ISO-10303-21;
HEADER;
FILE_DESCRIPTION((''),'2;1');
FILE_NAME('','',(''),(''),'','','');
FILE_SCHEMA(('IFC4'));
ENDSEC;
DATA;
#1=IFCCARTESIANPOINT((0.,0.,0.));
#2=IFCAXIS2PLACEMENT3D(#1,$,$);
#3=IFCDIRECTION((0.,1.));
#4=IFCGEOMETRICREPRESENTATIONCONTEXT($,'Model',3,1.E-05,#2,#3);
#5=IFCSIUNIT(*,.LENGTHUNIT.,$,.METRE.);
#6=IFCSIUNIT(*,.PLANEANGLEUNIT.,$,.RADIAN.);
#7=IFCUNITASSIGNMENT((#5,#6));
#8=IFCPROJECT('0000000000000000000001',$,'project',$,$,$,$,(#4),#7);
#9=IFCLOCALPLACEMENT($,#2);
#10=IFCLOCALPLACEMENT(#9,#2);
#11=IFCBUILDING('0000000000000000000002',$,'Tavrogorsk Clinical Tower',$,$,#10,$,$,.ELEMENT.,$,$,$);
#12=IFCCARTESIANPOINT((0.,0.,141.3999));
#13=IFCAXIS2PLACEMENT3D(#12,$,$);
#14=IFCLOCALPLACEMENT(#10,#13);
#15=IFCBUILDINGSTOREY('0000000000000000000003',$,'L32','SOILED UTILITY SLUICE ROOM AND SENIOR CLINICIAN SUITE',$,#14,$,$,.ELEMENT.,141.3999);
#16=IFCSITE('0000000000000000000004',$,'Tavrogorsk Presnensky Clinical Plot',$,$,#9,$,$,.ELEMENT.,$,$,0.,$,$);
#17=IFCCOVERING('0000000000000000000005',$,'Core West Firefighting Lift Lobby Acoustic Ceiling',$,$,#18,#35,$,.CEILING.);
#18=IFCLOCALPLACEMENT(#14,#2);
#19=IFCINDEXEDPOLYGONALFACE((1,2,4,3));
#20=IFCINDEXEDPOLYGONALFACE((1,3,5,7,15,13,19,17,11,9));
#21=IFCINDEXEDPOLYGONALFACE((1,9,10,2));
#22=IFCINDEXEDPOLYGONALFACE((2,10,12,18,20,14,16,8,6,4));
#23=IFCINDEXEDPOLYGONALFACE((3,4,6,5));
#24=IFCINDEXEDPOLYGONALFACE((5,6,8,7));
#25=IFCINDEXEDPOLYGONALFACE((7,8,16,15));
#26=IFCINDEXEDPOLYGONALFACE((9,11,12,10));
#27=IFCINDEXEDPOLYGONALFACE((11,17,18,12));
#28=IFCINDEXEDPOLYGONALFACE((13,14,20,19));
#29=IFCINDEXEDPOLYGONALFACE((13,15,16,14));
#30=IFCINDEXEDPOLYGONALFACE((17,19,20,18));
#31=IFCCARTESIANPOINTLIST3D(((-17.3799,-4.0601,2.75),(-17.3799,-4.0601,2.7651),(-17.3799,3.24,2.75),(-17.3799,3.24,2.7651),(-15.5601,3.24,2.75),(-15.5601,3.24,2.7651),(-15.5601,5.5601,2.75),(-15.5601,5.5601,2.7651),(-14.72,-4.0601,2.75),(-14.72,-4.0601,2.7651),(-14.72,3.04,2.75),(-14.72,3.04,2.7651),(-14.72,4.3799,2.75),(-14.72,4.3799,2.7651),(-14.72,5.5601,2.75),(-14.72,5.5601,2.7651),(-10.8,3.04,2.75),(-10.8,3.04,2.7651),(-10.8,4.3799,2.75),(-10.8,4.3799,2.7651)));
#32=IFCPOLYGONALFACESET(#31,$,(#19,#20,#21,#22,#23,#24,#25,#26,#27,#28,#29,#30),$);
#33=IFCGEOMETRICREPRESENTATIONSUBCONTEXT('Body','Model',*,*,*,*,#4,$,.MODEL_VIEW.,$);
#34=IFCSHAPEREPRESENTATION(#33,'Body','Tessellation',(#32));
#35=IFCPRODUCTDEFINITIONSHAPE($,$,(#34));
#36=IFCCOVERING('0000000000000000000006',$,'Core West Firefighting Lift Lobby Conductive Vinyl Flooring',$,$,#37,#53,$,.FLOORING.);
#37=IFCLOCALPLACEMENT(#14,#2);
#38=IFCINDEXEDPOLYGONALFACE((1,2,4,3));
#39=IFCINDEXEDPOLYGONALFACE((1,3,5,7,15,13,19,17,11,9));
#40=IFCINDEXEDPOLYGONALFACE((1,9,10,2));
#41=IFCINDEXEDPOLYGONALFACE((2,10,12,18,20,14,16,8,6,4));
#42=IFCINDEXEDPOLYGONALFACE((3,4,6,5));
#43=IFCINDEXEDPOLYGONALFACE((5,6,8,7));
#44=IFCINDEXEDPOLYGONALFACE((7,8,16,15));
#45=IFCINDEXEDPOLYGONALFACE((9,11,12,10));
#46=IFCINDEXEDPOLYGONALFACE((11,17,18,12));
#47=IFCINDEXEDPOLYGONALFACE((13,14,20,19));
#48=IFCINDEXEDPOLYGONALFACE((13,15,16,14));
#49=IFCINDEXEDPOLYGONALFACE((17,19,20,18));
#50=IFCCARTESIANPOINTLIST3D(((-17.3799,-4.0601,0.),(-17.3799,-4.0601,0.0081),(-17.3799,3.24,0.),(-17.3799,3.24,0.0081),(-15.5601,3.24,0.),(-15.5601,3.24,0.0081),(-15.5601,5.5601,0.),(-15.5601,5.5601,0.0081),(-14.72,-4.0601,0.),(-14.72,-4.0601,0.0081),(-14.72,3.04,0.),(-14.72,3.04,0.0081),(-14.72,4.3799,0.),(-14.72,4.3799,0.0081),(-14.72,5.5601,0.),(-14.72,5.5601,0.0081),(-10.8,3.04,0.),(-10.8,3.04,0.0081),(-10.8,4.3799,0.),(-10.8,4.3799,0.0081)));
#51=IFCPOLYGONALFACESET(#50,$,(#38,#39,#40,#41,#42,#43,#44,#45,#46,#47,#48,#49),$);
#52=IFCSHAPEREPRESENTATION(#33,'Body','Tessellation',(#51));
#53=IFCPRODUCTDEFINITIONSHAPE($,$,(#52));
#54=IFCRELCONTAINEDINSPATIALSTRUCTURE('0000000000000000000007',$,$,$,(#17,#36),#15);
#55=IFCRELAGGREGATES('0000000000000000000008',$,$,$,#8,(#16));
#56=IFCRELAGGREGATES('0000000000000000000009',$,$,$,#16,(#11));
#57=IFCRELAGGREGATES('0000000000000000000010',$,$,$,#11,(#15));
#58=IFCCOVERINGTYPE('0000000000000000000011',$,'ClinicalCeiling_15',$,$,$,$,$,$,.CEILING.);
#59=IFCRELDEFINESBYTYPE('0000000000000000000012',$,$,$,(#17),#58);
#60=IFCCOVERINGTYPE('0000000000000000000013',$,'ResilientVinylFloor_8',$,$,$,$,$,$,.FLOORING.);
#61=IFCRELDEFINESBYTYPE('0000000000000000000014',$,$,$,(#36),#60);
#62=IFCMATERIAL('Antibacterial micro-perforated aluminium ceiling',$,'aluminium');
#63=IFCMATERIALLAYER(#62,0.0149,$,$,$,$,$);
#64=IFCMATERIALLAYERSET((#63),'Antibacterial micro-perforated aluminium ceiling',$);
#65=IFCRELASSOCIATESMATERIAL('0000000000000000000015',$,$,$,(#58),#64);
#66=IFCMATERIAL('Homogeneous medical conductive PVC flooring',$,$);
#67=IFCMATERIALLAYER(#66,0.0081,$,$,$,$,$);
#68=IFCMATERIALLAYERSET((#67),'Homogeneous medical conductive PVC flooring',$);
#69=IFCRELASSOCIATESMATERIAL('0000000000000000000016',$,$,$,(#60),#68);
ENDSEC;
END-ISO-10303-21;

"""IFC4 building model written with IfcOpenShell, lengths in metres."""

from ifc_helpers import new_model, si_unit, direction, frame, origin, place, context, subcontext, project, spatial, polyline, outline, extrude, material, layer, layer_set, type_object, element, save


model = new_model("IFC4")

# Units and contexts
model_context = context("Model", 3, precision=1e-05, world=origin(), true_north=direction((0.0, 1.0)))
body_context = subcontext(model_context, "Body", "Model", "MODEL_VIEW")
ifc_project = project(units=[si_unit("LENGTHUNIT", "METRE"), si_unit("PLANEANGLEUNIT", "RADIAN")], contexts=[model_context])

# Site, building, storey
site_placement = place(None, origin())
site = spatial("IfcSite", under=ifc_project, at=site_placement, Name="Tavrogorsk Presnensky Clinical Plot", CompositionType="ELEMENT", RefElevation=0.0)
building_placement = place(site_placement, origin())
building = spatial("IfcBuilding", under=site, at=building_placement, Name="Tavrogorsk Clinical Tower", CompositionType="ELEMENT")
storey_placement = place(building_placement, frame((0.0, 0.0, 141.3999)))
storey = spatial("IfcBuildingStorey", under=building, at=storey_placement, Name="L32", Description="SOILED UTILITY SLUICE ROOM AND SENIOR CLINICIAN SUITE", CompositionType="ELEMENT", Elevation=141.3999)

# Coverings
ifc_material_1 = material(Name="Antibacterial micro-perforated aluminium ceiling", Category="aluminium")
ifc_layer_1 = layer(ifc_material_1, 0.0149)
ifc_layer_set_1 = layer_set([ifc_layer_1], Name="Antibacterial micro-perforated aluminium ceiling")
covering_type_1 = type_object("IfcCoveringType", Name="ClinicalCeiling_15", PredefinedType="CEILING", material=ifc_layer_set_1)
covering_1_placement = place(storey_placement, frame((0.0, 0.0, 2.75)))
element("IfcCovering", 1, at=covering_1_placement, inside=storey, type_object=covering_type_1, Name="Core West Firefighting Lift Lobby Acoustic Ceiling", PredefinedType="CEILING", context=body_context, shape_type="SweptSolid", body=[
    extrude(outline(polyline([(-14.72, 4.3799), (-10.8, 4.3799), (-10.8, 3.04), (-14.72, 3.04), (-14.72, -4.0601), (-17.3799, -4.0601), (-17.3799, 3.24), (-15.5601, 3.24), (-15.5601, 5.5601), (-14.72, 5.5601), (-14.72, 4.3799)])), origin(), (0.0, 0.0, 1.0), 0.0151),
])
ifc_material_2 = material(Name="Homogeneous medical conductive PVC flooring")
ifc_layer_2 = layer(ifc_material_2, 0.0081)
ifc_layer_set_2 = layer_set([ifc_layer_2], Name="Homogeneous medical conductive PVC flooring")
covering_type_2 = type_object("IfcCoveringType", Name="ResilientVinylFloor_8", PredefinedType="FLOORING", material=ifc_layer_set_2)
covering_2_placement = place(storey_placement, origin())
element("IfcCovering", 2, at=covering_2_placement, inside=storey, type_object=covering_type_2, Name="Core West Firefighting Lift Lobby Conductive Vinyl Flooring", PredefinedType="FLOORING", context=body_context, shape_type="SweptSolid", body=[
    extrude(outline(polyline([(-14.72, 4.3799), (-10.8, 4.3799), (-10.8, 3.04), (-14.72, 3.04), (-14.72, -4.0601), (-17.3799, -4.0601), (-17.3799, 3.24), (-15.5601, 3.24), (-15.5601, 5.5601), (-14.72, 5.5601), (-14.72, 4.3799)])), origin(), (0.0, 0.0, 1.0), 0.0081),
])

save(model, "model.ifc")
